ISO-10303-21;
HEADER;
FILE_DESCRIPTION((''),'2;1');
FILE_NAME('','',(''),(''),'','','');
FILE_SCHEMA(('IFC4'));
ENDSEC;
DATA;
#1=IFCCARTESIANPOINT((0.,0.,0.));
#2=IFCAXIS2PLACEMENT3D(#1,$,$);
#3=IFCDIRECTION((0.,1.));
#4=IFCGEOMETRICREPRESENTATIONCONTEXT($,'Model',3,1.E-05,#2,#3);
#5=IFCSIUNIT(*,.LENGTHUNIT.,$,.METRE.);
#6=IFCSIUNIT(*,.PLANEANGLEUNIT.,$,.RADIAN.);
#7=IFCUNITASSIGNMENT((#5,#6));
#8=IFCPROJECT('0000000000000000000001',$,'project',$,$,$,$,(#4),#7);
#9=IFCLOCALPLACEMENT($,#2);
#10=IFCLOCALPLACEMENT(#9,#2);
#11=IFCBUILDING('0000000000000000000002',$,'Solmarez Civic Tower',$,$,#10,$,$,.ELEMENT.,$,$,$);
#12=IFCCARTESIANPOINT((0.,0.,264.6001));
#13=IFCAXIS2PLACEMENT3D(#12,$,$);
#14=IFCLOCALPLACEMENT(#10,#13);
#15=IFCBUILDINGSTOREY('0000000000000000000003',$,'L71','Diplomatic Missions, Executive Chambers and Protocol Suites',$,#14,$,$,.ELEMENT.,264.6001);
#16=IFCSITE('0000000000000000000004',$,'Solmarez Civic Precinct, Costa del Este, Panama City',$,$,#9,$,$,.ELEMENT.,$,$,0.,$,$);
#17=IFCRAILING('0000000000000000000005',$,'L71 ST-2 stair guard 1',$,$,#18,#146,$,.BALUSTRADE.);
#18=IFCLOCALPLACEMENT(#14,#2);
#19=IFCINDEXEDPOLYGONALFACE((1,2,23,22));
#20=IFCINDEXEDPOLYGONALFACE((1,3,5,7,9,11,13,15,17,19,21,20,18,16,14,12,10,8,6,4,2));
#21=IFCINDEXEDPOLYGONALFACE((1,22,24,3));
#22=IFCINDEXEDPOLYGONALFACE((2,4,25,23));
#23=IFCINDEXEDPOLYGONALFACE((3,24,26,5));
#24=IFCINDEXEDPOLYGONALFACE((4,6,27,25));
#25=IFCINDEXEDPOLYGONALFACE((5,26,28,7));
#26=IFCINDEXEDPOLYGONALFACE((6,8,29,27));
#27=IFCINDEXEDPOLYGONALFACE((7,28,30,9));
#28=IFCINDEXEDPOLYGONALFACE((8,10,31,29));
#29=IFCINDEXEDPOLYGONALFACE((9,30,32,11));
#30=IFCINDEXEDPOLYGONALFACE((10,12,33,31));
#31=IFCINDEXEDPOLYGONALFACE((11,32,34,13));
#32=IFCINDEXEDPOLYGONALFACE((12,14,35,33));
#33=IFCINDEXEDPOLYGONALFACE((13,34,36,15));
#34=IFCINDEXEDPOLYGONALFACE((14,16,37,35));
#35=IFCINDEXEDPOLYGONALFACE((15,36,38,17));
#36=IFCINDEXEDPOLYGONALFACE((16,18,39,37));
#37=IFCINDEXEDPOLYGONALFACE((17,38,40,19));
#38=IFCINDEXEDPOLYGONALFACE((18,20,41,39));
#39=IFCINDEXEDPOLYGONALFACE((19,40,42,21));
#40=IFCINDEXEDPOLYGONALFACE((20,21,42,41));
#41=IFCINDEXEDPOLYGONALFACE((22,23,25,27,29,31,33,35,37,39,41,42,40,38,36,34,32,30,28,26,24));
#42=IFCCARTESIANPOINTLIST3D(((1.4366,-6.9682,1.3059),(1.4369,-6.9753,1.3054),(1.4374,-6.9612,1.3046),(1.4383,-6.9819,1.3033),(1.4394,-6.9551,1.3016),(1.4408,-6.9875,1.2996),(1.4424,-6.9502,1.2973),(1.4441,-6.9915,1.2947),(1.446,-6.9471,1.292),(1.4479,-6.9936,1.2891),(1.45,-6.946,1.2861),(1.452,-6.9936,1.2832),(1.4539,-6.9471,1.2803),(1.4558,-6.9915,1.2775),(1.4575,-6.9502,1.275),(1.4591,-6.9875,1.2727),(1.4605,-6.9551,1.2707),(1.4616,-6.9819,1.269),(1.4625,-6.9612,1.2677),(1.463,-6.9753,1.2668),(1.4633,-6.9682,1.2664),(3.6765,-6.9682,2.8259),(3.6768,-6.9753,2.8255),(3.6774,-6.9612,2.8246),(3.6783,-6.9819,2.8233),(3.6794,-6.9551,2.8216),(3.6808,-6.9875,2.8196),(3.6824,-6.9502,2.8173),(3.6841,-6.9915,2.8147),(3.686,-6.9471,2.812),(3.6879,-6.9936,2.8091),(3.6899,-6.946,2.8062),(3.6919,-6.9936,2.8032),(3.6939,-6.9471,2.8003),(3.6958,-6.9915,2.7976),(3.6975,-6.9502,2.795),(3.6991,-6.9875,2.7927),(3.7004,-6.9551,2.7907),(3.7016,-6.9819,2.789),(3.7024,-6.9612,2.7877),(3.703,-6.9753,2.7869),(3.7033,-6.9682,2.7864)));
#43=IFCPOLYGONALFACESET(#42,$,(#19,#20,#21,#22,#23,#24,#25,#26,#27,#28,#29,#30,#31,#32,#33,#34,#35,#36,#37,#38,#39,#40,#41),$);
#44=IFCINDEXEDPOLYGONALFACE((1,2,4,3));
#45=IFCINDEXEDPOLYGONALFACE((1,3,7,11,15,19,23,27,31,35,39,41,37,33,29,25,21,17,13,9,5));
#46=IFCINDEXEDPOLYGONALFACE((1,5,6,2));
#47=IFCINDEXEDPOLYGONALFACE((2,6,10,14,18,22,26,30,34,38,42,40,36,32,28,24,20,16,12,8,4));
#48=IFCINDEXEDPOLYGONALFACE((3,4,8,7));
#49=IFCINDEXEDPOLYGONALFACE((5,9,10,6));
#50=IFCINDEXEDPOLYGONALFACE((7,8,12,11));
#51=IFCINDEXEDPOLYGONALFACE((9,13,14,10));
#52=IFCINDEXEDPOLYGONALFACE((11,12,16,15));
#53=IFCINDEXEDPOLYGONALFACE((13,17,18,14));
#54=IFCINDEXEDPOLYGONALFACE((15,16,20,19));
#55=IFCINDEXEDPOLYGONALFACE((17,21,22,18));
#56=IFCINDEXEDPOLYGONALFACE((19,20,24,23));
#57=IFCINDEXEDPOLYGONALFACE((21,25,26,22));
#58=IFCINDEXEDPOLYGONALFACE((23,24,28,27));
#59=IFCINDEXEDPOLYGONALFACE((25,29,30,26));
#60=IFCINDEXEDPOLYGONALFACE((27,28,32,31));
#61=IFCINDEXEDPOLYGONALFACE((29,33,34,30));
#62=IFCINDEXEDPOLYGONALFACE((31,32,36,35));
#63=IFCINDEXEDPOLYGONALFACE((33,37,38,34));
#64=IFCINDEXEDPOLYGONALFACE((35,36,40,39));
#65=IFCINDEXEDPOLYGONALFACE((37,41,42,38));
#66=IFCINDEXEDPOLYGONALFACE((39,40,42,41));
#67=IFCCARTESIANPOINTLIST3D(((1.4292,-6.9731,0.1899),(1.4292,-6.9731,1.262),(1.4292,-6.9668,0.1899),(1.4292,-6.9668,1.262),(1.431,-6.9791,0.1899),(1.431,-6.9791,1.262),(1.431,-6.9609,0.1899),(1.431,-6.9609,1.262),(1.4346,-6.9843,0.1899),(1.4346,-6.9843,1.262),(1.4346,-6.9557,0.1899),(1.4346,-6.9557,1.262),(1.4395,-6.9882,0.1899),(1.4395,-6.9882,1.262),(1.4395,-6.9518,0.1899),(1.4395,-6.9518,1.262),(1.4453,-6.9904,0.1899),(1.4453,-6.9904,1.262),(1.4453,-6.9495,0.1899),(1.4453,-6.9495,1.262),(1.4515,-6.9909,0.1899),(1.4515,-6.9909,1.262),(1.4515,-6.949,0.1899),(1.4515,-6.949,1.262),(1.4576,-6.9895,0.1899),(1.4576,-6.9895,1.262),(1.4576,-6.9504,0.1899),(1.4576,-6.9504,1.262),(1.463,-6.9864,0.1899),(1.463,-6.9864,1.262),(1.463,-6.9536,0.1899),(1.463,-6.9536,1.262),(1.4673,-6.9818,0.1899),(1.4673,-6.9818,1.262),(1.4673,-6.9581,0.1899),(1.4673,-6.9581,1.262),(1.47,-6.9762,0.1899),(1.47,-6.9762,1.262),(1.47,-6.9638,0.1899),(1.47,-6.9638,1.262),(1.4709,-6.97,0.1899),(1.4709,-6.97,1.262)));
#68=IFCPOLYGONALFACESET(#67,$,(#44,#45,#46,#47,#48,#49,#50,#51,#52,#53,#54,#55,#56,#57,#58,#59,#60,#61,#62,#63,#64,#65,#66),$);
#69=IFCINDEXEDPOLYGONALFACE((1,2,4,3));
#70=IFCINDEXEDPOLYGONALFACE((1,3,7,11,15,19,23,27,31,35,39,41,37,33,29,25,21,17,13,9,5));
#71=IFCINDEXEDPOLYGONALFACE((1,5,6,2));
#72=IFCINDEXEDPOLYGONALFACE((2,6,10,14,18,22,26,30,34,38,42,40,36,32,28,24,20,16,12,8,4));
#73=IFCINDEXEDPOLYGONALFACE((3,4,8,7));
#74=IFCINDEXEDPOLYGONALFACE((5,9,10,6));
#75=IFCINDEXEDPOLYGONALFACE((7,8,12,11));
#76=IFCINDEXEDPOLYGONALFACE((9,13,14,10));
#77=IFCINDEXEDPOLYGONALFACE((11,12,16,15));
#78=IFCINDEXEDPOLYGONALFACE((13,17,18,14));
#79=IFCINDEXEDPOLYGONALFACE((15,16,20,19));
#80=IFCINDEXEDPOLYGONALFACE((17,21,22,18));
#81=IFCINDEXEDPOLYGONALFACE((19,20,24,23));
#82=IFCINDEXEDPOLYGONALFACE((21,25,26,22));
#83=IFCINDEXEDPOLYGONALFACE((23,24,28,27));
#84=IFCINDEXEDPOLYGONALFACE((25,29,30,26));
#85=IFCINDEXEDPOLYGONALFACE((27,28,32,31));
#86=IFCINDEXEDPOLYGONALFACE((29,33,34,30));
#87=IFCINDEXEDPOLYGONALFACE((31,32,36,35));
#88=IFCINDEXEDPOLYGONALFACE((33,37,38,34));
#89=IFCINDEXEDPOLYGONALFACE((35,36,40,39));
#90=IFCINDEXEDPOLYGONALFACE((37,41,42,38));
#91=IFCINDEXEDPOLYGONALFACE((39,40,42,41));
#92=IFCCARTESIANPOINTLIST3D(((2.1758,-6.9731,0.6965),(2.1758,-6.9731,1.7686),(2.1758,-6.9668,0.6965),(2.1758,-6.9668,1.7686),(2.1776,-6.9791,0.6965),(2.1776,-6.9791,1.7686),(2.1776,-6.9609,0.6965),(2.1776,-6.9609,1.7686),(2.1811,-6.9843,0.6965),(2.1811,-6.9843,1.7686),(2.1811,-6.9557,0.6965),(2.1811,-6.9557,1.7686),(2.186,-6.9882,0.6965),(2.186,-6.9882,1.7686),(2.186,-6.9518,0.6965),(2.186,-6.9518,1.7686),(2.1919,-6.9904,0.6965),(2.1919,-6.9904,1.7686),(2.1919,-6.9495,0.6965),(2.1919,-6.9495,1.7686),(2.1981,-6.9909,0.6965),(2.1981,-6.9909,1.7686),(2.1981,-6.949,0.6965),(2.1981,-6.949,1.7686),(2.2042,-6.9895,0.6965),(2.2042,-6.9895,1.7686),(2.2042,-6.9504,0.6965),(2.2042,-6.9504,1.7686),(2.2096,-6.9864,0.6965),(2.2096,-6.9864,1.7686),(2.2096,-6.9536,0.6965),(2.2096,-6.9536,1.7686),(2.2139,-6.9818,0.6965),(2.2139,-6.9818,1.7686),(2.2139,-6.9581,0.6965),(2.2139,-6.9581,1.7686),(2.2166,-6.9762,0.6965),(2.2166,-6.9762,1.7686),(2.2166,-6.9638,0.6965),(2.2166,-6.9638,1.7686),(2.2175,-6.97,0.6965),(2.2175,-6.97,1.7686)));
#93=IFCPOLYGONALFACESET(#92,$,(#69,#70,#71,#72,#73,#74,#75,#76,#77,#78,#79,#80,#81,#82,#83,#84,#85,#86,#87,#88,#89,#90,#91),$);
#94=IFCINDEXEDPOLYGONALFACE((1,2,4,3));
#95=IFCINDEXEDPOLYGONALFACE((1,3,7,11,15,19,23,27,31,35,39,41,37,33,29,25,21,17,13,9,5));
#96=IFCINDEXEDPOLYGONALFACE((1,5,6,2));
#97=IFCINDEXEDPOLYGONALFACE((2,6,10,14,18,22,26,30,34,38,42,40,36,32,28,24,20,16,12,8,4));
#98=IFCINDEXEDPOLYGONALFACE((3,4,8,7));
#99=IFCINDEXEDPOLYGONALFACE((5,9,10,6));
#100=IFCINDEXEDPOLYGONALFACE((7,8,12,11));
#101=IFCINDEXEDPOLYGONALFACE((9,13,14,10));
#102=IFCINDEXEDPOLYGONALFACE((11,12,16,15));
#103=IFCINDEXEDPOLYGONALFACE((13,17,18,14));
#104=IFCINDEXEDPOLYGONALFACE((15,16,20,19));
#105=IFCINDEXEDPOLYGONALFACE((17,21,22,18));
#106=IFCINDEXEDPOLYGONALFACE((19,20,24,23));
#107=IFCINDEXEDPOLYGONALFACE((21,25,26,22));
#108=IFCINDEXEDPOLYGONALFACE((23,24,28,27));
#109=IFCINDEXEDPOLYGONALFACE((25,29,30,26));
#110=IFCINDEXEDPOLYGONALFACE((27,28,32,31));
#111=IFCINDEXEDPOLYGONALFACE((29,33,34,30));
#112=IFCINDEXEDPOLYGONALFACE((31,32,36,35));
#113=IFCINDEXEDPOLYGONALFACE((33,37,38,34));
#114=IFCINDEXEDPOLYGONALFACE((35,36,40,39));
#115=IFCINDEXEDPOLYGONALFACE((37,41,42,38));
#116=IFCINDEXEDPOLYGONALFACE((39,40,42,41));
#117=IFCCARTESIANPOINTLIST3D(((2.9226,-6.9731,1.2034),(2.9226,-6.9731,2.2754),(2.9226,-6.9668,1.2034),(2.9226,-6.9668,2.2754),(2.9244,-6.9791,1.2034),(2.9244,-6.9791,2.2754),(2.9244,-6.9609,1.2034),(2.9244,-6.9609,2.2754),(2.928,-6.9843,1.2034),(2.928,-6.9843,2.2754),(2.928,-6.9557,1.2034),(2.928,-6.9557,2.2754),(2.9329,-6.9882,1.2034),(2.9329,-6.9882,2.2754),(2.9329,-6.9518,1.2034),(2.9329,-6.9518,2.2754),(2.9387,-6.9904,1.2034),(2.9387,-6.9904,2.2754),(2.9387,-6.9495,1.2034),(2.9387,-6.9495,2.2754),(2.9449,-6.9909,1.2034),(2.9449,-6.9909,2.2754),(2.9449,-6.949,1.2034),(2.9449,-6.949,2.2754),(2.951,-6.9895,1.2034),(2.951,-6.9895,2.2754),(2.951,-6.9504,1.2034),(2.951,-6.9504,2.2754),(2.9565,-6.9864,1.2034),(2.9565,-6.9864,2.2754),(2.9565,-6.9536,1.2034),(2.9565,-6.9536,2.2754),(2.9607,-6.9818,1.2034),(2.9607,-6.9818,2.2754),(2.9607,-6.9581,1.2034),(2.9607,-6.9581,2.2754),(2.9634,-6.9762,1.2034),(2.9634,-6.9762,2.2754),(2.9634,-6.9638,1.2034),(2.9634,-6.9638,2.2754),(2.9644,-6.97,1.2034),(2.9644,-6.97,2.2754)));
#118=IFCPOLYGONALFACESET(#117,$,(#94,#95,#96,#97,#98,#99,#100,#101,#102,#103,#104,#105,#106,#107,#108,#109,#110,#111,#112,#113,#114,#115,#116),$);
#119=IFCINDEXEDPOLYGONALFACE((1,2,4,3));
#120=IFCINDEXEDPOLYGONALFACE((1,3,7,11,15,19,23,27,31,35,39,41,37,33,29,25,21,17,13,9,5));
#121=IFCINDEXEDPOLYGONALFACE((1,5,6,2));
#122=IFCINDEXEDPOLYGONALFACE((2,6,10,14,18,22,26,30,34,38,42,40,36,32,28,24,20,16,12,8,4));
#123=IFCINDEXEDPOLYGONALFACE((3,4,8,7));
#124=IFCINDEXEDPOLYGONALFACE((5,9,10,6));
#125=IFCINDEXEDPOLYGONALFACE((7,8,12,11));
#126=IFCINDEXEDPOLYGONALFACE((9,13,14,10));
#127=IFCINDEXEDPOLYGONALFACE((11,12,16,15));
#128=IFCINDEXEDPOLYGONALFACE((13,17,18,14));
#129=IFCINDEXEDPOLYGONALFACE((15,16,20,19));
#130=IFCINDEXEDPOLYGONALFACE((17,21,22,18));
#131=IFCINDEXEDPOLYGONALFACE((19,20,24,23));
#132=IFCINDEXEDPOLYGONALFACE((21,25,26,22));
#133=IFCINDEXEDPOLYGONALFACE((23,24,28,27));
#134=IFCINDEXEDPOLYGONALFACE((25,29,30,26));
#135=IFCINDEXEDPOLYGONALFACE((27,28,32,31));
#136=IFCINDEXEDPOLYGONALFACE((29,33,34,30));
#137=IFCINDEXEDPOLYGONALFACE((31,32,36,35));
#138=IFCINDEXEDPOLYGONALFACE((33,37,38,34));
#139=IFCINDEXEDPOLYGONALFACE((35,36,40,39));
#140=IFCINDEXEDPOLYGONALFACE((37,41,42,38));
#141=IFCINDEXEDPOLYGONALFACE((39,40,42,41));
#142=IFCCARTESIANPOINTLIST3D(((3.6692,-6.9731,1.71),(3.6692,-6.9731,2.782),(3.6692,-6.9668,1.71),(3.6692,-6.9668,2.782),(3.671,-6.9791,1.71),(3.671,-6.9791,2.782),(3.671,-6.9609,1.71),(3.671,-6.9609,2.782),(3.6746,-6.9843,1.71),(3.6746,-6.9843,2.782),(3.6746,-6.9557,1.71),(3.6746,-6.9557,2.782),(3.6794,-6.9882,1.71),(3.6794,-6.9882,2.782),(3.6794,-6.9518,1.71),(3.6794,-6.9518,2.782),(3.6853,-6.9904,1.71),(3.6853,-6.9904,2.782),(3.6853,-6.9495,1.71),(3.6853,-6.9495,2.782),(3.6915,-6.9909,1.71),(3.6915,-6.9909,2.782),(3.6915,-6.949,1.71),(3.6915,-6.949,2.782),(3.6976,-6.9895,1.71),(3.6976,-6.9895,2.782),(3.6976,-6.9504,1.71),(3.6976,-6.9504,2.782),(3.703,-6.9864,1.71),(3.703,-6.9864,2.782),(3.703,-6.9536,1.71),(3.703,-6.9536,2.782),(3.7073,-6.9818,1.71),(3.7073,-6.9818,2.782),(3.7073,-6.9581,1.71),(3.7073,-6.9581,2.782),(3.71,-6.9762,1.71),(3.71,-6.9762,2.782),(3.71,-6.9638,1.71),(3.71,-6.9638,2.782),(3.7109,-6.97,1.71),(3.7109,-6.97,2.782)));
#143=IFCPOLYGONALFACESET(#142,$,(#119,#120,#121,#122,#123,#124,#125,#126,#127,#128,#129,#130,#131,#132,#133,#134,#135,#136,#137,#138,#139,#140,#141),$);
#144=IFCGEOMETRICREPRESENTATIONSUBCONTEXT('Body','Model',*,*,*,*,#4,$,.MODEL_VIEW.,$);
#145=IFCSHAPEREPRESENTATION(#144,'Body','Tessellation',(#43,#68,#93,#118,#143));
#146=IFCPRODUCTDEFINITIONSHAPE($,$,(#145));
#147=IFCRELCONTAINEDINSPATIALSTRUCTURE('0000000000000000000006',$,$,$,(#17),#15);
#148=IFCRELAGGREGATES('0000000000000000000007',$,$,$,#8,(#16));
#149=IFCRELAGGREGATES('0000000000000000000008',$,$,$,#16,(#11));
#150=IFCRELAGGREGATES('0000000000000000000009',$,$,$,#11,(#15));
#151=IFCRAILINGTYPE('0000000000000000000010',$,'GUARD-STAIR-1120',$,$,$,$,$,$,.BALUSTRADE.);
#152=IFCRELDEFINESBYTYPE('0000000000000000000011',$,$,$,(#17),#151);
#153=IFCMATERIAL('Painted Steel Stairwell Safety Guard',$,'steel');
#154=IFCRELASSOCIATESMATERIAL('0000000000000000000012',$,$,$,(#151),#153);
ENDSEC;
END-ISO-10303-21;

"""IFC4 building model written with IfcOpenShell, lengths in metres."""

from ifc_helpers import new_model, si_unit, direction, frame, origin, origin_2d, place, context, subcontext, project, spatial, circle, extrude, material, type_object, element, save


model = new_model("IFC4")

# Units and contexts
model_context = context("Model", 3, precision=1e-05, world=origin(), true_north=direction((0.0, 1.0)))
body_context = subcontext(model_context, "Body", "Model", "MODEL_VIEW")
ifc_project = project(units=[si_unit("LENGTHUNIT", "METRE"), si_unit("PLANEANGLEUNIT", "RADIAN")], contexts=[model_context])

# Site, building, storey
site_placement = place(None, origin())
site = spatial("IfcSite", under=ifc_project, at=site_placement, Name="Solmarez Civic Precinct, Costa del Este, Panama City", CompositionType="ELEMENT", RefElevation=0.0)
building_placement = place(site_placement, origin())
building = spatial("IfcBuilding", under=site, at=building_placement, Name="Solmarez Civic Tower", CompositionType="ELEMENT")
storey_placement = place(building_placement, frame((0.0, 0.0, 264.6001)))
storey = spatial("IfcBuildingStorey", under=building, at=storey_placement, Name="L71", Description="Diplomatic Missions, Executive Chambers and Protocol Suites", CompositionType="ELEMENT", Elevation=264.6001)

# Railing
ifc_material_1 = material(Name="Painted Steel Stairwell Safety Guard", Category="steel")
railing_type_1 = type_object("IfcRailingType", Name="GUARD-STAIR-1120", PredefinedType="BALUSTRADE", material=ifc_material_1)
railing_1_placement = place(storey_placement, frame((1.45, -6.97, 0.1899)))
element("IfcRailing", 1, at=railing_1_placement, inside=storey, type_object=railing_type_1, Name="L71 ST-2 stair guard 1", PredefinedType="BALUSTRADE", context=body_context, shape_type="SweptSolid", body=[
    extrude(circle(Radius=0.0239, at=origin_2d()), frame((0.0, 0.0, 1.0962), z_axis=(0.827471, 0.0, 0.561508), x_axis=(0.0, 1.0, 0.0)), (0.0, 0.0, 1.0), 2.707),
    extrude(circle(Radius=0.021, at=origin_2d()), origin(), (0.0, 0.0, 1.0), 1.072),
    extrude(circle(Radius=0.021, at=origin_2d()), frame((0.7466, 0.0, 0.5066)), (0.0, 0.0, 1.0), 1.072),
    extrude(circle(Radius=0.021, at=origin_2d()), frame((1.4934, 0.0, 1.0134)), (0.0, 0.0, 1.0), 1.072),
    extrude(circle(Radius=0.021, at=origin_2d()), frame((2.24, 0.0, 1.52)), (0.0, 0.0, 1.0), 1.072),
])

save(model, "model.ifc")
